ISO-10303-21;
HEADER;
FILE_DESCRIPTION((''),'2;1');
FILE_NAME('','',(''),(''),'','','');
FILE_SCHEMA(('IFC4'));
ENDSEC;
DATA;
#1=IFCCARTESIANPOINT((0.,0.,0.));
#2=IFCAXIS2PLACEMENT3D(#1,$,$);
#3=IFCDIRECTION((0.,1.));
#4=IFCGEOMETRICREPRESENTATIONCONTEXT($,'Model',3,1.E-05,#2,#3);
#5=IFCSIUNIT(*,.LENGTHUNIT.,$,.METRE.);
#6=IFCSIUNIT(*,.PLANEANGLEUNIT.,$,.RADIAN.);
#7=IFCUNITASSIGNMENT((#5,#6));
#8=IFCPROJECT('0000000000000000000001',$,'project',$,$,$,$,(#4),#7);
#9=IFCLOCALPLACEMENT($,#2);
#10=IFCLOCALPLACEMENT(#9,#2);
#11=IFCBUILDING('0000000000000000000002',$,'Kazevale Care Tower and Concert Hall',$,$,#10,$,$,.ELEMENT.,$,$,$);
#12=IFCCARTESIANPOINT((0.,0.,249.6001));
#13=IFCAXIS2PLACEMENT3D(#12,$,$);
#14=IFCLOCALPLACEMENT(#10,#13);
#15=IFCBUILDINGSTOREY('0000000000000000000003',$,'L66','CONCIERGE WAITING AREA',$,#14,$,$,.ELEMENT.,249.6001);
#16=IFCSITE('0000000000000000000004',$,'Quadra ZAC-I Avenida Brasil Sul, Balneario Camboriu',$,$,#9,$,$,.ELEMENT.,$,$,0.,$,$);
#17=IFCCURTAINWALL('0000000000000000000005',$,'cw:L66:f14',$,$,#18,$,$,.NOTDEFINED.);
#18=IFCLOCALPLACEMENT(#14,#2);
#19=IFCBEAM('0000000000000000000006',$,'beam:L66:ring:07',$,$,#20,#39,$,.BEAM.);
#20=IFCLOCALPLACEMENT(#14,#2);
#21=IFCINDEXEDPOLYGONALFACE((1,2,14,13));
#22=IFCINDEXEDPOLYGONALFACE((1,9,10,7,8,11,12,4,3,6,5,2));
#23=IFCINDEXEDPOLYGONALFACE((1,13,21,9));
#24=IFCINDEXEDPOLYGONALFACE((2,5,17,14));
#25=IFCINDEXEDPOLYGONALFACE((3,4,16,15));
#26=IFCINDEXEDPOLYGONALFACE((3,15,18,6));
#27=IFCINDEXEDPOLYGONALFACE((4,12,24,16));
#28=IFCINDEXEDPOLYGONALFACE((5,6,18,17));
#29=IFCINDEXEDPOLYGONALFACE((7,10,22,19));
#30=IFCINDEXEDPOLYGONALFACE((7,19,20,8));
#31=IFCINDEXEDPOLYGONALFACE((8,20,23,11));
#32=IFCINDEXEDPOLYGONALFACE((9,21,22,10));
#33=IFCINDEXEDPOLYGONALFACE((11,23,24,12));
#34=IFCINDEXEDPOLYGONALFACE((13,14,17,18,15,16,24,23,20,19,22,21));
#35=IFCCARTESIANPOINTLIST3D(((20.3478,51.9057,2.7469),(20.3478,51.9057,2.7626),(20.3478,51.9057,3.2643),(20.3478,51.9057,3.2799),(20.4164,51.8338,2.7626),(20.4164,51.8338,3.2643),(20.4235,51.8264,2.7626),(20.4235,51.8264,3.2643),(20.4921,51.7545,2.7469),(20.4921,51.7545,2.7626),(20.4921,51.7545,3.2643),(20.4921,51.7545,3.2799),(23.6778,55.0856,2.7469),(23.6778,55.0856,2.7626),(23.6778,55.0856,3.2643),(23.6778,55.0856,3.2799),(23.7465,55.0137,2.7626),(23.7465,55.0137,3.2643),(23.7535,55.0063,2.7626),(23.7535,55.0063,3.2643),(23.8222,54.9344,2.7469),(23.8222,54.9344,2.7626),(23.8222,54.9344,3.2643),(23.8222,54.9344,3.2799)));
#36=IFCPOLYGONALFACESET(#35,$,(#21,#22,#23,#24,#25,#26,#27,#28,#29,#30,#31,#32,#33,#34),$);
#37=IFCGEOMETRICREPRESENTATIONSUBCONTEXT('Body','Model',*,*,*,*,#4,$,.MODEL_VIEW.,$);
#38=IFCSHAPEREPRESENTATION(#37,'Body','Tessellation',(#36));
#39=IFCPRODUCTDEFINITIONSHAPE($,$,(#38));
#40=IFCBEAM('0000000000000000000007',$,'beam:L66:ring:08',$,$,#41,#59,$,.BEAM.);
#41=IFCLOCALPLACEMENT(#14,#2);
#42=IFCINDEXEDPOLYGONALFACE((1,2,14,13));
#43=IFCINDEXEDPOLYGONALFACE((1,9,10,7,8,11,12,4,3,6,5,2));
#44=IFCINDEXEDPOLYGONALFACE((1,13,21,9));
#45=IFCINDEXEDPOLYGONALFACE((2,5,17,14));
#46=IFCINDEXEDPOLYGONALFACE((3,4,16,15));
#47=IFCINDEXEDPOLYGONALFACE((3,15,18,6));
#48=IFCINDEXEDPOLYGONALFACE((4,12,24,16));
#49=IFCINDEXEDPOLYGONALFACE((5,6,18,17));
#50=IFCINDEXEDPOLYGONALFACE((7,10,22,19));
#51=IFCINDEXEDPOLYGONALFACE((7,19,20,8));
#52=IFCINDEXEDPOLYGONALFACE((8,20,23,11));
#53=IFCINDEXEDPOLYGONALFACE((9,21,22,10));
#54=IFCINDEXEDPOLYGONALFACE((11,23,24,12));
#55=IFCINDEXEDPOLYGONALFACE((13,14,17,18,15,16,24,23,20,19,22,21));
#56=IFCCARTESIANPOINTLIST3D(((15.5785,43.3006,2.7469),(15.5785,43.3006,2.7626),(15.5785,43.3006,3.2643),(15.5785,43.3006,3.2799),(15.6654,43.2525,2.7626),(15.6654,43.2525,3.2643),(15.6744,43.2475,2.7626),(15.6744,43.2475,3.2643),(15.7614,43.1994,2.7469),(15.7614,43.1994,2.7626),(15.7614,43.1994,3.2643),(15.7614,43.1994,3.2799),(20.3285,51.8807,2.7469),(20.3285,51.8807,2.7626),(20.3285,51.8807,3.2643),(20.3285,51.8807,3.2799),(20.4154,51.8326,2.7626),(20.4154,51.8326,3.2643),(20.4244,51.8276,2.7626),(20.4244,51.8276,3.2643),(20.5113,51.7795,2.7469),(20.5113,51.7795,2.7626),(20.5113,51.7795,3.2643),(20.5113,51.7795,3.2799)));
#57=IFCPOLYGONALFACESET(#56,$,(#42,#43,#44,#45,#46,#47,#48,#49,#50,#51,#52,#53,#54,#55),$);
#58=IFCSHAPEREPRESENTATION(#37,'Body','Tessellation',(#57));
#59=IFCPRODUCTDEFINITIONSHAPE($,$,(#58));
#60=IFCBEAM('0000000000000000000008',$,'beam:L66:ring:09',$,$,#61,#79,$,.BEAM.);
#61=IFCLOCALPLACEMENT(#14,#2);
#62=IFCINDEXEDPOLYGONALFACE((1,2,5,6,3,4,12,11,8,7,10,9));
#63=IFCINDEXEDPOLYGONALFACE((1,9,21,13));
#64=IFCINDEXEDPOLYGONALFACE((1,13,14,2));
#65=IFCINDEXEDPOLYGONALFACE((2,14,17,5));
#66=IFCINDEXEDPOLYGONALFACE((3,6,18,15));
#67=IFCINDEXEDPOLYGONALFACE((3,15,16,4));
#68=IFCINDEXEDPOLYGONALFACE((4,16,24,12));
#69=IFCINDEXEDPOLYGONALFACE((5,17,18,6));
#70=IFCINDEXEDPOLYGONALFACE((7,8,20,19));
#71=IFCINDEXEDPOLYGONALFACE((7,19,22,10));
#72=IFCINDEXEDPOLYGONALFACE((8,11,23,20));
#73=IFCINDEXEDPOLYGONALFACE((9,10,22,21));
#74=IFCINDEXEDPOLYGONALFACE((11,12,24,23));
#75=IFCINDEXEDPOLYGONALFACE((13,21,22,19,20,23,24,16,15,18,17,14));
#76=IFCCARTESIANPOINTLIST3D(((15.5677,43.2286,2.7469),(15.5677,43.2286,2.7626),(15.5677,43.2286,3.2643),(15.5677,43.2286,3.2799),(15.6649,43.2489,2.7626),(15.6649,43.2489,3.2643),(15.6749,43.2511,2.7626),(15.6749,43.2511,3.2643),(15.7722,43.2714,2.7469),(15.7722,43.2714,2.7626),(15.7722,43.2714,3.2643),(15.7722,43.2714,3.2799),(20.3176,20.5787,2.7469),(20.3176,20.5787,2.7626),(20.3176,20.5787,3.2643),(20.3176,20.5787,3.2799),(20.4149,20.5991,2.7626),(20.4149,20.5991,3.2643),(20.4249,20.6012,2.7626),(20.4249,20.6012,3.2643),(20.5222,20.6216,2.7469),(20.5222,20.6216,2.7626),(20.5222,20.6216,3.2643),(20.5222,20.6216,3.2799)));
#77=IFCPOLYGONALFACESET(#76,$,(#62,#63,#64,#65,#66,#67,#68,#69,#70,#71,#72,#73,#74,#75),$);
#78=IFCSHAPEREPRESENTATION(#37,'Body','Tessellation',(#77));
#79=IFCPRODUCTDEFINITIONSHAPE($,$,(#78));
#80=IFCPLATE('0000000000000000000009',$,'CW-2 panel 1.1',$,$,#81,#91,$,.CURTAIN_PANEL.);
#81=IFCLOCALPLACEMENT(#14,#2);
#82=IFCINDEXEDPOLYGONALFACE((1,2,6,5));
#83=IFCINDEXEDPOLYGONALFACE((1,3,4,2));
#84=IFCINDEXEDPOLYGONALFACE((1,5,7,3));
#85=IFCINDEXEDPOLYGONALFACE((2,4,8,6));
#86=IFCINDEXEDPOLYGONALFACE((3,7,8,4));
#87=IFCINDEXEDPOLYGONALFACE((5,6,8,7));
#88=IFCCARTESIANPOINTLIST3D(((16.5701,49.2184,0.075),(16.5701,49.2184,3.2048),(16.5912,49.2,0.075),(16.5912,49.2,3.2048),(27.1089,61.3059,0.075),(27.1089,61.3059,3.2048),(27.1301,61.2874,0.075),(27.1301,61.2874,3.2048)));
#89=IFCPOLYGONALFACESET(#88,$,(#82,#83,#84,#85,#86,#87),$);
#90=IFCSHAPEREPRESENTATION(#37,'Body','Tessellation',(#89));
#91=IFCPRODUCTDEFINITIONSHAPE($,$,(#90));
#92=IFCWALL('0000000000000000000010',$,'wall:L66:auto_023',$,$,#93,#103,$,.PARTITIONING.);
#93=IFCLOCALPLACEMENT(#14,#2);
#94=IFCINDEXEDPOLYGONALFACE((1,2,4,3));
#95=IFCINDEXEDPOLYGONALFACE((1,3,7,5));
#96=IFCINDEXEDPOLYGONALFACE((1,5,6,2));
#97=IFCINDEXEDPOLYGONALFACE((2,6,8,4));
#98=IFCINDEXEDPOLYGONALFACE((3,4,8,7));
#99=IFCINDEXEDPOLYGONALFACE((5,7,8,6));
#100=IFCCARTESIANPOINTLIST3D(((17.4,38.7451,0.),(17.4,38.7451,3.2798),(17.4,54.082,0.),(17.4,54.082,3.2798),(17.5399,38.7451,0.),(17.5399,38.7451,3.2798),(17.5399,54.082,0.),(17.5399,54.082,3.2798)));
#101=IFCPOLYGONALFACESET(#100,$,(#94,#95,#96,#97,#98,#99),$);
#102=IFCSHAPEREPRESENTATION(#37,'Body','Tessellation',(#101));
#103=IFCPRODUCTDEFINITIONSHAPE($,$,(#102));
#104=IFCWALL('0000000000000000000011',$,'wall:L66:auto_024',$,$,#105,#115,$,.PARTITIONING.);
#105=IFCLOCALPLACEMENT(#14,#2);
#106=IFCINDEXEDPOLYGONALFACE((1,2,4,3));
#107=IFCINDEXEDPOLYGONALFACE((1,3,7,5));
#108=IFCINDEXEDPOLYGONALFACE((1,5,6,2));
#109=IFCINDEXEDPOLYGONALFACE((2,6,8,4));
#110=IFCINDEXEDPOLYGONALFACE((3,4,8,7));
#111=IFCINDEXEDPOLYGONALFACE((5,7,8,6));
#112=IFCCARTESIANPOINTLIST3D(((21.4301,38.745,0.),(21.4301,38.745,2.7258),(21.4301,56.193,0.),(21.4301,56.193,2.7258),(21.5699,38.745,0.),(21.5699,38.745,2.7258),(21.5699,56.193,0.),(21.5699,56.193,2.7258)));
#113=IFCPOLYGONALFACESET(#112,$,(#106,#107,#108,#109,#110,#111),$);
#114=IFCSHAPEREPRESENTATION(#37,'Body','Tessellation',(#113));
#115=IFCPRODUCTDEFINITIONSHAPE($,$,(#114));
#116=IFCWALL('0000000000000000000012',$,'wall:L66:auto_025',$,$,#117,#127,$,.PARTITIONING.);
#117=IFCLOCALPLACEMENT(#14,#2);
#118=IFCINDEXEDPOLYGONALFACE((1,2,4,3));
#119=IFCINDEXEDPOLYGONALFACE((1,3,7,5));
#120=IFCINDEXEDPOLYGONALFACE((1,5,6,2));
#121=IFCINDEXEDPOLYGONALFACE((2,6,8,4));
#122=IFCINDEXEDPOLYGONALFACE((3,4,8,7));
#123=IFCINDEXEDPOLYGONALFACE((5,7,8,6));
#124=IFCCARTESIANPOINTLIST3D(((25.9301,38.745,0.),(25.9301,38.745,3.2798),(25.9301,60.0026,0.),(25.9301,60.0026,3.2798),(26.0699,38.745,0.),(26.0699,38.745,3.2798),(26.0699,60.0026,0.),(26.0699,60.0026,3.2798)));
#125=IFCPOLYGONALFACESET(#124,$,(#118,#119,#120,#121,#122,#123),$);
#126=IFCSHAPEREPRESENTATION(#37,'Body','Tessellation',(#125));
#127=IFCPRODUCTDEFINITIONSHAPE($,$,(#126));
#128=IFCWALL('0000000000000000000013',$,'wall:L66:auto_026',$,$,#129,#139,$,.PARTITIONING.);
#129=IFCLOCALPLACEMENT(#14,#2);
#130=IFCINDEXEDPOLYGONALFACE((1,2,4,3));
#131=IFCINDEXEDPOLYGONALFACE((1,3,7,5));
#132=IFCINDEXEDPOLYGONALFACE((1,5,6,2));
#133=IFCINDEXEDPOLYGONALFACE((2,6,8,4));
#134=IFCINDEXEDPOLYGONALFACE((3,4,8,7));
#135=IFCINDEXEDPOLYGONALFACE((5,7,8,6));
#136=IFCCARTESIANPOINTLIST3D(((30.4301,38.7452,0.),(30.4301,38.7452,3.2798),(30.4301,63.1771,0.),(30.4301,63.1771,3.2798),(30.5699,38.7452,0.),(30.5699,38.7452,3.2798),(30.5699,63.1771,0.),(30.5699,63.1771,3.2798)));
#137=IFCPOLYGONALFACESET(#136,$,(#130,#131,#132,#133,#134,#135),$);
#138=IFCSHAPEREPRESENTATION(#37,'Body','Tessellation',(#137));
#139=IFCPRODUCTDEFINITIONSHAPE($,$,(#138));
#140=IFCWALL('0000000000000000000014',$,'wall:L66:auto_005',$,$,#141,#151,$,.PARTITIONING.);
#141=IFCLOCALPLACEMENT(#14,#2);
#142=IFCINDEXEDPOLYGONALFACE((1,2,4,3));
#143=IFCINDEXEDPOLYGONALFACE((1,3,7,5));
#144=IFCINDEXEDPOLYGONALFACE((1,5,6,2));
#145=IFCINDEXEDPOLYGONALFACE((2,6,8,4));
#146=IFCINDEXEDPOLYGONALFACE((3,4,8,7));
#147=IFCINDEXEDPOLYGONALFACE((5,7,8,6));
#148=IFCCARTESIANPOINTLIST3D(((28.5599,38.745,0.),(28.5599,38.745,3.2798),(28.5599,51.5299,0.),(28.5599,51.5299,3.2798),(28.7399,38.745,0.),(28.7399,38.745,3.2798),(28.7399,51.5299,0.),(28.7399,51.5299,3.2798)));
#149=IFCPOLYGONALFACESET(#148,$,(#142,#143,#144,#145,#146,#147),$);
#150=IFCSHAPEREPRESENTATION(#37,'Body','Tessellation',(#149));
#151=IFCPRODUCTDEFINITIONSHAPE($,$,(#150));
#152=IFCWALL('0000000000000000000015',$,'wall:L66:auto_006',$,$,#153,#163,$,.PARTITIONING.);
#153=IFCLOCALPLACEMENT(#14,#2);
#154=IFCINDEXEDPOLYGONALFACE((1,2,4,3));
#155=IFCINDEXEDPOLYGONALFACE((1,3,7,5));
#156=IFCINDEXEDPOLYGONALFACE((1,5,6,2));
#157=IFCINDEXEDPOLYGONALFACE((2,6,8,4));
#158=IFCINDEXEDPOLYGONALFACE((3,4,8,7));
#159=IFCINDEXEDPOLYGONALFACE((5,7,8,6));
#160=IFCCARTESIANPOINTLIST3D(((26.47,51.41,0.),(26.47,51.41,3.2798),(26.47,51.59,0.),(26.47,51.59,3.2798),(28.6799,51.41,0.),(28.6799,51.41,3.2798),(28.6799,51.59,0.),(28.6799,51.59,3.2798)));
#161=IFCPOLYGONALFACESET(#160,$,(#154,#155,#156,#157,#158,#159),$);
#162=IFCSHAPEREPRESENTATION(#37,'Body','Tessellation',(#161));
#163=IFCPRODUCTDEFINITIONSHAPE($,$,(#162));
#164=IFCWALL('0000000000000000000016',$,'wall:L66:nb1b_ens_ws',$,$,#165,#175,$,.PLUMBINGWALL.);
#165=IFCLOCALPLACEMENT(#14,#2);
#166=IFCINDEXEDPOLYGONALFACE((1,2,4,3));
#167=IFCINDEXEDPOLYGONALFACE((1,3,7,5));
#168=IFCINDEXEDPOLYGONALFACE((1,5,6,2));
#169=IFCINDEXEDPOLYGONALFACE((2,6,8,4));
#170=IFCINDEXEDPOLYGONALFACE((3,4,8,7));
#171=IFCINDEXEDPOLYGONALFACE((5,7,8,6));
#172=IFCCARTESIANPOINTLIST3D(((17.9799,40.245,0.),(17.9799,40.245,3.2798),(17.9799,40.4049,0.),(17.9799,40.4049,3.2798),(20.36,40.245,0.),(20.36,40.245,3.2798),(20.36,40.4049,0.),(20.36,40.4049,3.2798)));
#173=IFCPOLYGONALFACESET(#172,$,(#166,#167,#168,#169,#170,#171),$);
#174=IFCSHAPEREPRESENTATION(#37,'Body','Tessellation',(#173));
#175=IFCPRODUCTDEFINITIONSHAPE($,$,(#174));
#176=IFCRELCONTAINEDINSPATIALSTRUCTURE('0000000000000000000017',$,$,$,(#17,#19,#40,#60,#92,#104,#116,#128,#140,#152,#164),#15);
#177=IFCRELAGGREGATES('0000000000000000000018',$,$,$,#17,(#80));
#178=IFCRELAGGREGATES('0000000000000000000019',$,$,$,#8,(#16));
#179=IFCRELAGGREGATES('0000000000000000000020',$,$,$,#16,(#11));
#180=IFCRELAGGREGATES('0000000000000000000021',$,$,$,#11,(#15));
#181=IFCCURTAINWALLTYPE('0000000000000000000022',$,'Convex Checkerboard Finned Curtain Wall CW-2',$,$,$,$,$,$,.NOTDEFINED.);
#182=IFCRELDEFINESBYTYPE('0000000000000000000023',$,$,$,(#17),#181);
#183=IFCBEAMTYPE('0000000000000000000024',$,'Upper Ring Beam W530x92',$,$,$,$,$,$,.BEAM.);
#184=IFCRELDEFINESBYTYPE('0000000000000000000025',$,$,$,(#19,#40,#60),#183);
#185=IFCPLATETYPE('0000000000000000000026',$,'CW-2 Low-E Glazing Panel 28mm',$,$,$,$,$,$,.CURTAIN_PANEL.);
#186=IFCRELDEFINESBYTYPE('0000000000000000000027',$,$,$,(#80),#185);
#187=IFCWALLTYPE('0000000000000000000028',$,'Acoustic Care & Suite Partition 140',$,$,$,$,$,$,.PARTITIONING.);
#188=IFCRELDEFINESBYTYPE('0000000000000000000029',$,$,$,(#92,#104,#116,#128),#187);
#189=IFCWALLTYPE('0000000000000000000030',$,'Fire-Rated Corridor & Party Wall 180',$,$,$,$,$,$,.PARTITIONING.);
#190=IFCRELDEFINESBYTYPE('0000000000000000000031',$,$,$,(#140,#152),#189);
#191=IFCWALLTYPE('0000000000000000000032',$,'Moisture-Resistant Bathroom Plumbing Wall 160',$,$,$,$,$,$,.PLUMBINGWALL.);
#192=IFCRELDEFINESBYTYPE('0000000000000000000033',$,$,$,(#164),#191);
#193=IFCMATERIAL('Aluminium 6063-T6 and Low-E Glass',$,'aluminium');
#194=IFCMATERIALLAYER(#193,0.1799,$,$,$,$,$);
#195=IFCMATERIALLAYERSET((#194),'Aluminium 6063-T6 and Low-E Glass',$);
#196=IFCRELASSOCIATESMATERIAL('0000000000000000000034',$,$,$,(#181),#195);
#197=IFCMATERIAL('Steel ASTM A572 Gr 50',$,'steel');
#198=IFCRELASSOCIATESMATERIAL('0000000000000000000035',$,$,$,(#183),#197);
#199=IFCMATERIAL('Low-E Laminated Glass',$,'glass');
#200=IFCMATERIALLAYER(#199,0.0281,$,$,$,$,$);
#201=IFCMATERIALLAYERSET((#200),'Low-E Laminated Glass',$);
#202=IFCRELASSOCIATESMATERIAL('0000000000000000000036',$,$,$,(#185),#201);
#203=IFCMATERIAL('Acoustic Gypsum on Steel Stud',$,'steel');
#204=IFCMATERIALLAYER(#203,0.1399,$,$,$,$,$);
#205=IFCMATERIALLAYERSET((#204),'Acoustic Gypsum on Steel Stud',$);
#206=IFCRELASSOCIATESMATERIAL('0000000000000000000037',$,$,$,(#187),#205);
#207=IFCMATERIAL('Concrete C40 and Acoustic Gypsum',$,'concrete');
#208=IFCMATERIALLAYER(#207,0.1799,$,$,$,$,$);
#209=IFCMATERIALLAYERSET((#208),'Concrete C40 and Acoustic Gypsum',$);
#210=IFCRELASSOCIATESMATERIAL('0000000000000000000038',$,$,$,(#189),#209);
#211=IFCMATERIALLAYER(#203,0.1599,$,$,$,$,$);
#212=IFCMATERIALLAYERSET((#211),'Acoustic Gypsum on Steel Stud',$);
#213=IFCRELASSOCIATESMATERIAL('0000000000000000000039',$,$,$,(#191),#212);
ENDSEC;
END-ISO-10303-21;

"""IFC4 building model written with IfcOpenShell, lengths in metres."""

from ifc_helpers import new_model, si_unit, direction, frame, frame_2d, origin, origin_2d, place, context, subcontext, project, spatial, rectangle, i_section, extrude, material, layer, layer_set, material_profile, profile_set, type_object, element, aggregate, save


model = new_model("IFC4")

# Units and contexts
model_context = context("Model", 3, precision=1e-05, world=origin(), true_north=direction((0.0, 1.0)))
body_context = subcontext(model_context, "Body", "Model", "MODEL_VIEW")
ifc_project = project(units=[si_unit("LENGTHUNIT", "METRE"), si_unit("PLANEANGLEUNIT", "RADIAN")], contexts=[model_context])

# Site, building, storey
site_placement = place(None, origin())
site = spatial("IfcSite", under=ifc_project, at=site_placement, Name="Quadra ZAC-I Avenida Brasil Sul, Balneario Camboriu", CompositionType="ELEMENT", RefElevation=0.0)
building_placement = place(site_placement, origin())
building = spatial("IfcBuilding", under=site, at=building_placement, Name="Kazevale Care Tower and Concert Hall", CompositionType="ELEMENT")
storey_placement = place(building_placement, frame((0.0, 0.0, 249.6001)))
storey = spatial("IfcBuildingStorey", under=building, at=storey_placement, Name="L66", Description="CONCIERGE WAITING AREA", CompositionType="ELEMENT", Elevation=249.6001)

# Curtain wall
ifc_material_1 = material(Name="Aluminium 6063-T6 and Low-E Glass", Category="aluminium")
ifc_layer_1 = layer(ifc_material_1, 0.1799)
ifc_layer_set_1 = layer_set([ifc_layer_1], Name="Aluminium 6063-T6 and Low-E Glass")
curtain_wall_type_1 = type_object("IfcCurtainWallType", Name="Convex Checkerboard Finned Curtain Wall CW-2", PredefinedType="NOTDEFINED", material=ifc_layer_set_1)
curtain_wall_1_placement = place(storey_placement, origin())
curtain_wall_1 = element("IfcCurtainWall", 1, at=curtain_wall_1_placement, inside=storey, type_object=curtain_wall_type_1, Name="cw:L66:f14", PredefinedType="NOTDEFINED")

# Beams
ifc_material_2 = material(Name="Steel ASTM A572 Gr 50", Category="steel")
ifc_material_profile_1 = material_profile(ifc_material_2, i_section(OverallWidth=0.209, OverallDepth=0.533, WebThickness=0.0103, FlangeThickness=0.0156, at=origin_2d()), Name="W530x92")
ifc_profile_set_1 = profile_set([ifc_material_profile_1], Name="Steel ASTM A572 Gr 50")
beam_type_1 = type_object("IfcBeamType", Name="Upper Ring Beam W530x92", PredefinedType="BEAM", material=ifc_profile_set_1)
beam_1_placement = place(storey_placement, frame((23.75, 55.01, 3.0134), z_axis=(-0.723223, -0.690614, 0.0), x_axis=(0.690614, -0.723223, 0.0)))
element("IfcBeam", 2, at=beam_1_placement, inside=storey, type_object=beam_type_1, Name="beam:L66:ring:07", PredefinedType="BEAM", context=body_context, shape_type="SweptSolid", body=[
    extrude(i_section(OverallWidth=0.209, OverallDepth=0.533, WebThickness=0.0103, FlangeThickness=0.0156, at=origin_2d()), origin(), (0.0, 0.0, 1.0), 4.6045),
])
beam_2_placement = place(storey_placement, frame((20.4199, 51.8301, 3.0134), z_axis=(-0.48434, -0.87488, 0.0), x_axis=(0.87488, -0.48434, 0.0)))
element("IfcBeam", 3, at=beam_2_placement, inside=storey, type_object=beam_type_1, Name="beam:L66:ring:08", PredefinedType="BEAM", context=body_context, shape_type="SweptSolid", body=[
    extrude(i_section(OverallWidth=0.209, OverallDepth=0.533, WebThickness=0.0103, FlangeThickness=0.0156, at=origin_2d()), origin(), (0.0, 0.0, 1.0), 9.8071),
])
beam_3_placement = place(storey_placement, frame((15.6699, 43.25, 3.0134), z_axis=(0.205249, -0.97871, 0.0), x_axis=(0.97871, 0.205249, 0.0)))
element("IfcBeam", 4, at=beam_3_placement, inside=storey, type_object=beam_type_1, Name="beam:L66:ring:09", PredefinedType="BEAM", context=body_context, shape_type="SweptSolid", body=[
    extrude(i_section(OverallWidth=0.209, OverallDepth=0.533, WebThickness=0.0103, FlangeThickness=0.0156, at=origin_2d()), origin(), (0.0, 0.0, 1.0), 23.1426),
])

# Plate
ifc_material_3 = material(Name="Low-E Laminated Glass", Category="glass")
ifc_layer_2 = layer(ifc_material_3, 0.0281)
ifc_layer_set_2 = layer_set([ifc_layer_2], Name="Low-E Laminated Glass")
plate_type = type_object("IfcPlateType", Name="CW-2 Low-E Glazing Panel 28mm", PredefinedType="CURTAIN_PANEL", material=ifc_layer_set_2)
plate_placement = place(storey_placement, frame((21.8501, 55.2529, 0.075), z_axis=(0.0, 0.0, 1.0), x_axis=(0.657175, 0.753738, 0.0)))
plate = element("IfcPlate", 5, at=plate_placement, type_object=plate_type, Name="CW-2 panel 1.1", PredefinedType="CURTAIN_PANEL", context=body_context, shape_type="SweptSolid", body=[
    extrude(rectangle(XDim=16.0366, YDim=0.0281, at=origin_2d()), origin(), (0.0, 0.0, 1.0), 3.1299),
])
aggregate(curtain_wall_1, [plate])

# Walls
ifc_material_4 = material(Name="Acoustic Gypsum on Steel Stud", Category="steel")
ifc_layer_3 = layer(ifc_material_4, 0.1399)
ifc_layer_set_3 = layer_set([ifc_layer_3], Name="Acoustic Gypsum on Steel Stud")
wall_type_1 = type_object("IfcWallType", Name="Acoustic Care & Suite Partition 140", PredefinedType="PARTITIONING", material=ifc_layer_set_3)
wall_1_placement = place(storey_placement, frame((17.47, 54.082, 0.0), z_axis=(0.0, 0.0, 1.0), x_axis=(0.0, -1.0, 0.0)))
element("IfcWall", 6, at=wall_1_placement, inside=storey, type_object=wall_type_1, Name="wall:L66:auto_023", PredefinedType="PARTITIONING", context=body_context, shape_type="SweptSolid", body=[
    extrude(rectangle(XDim=15.3369, YDim=0.1399, at=frame_2d((7.6685, 0.0))), origin(), (0.0, 0.0, 1.0), 3.2798),
])
wall_2_placement = place(storey_placement, frame((21.5, 56.1931, 0.0), z_axis=(0.0, 0.0, 1.0), x_axis=(0.0, -1.0, 0.0)))
element("IfcWall", 7, at=wall_2_placement, inside=storey, type_object=wall_type_1, Name="wall:L66:auto_024", PredefinedType="PARTITIONING", context=body_context, shape_type="SweptSolid", body=[
    extrude(rectangle(XDim=17.448, YDim=0.1399, at=frame_2d((8.7241, 0.0))), origin(), (0.0, 0.0, 1.0), 2.7258),
])
wall_3_placement = place(storey_placement, frame((26.0, 60.0027, 0.0), z_axis=(0.0, 0.0, 1.0), x_axis=(0.0, -1.0, 0.0)))
element("IfcWall", 8, at=wall_3_placement, inside=storey, type_object=wall_type_1, Name="wall:L66:auto_025", PredefinedType="PARTITIONING", context=body_context, shape_type="SweptSolid", body=[
    extrude(rectangle(XDim=21.2576, YDim=0.1399, at=frame_2d((10.6289, 0.0))), origin(), (0.0, 0.0, 1.0), 3.2798),
])
wall_4_placement = place(storey_placement, frame((30.5, 63.177, 0.0), z_axis=(0.0, 0.0, 1.0), x_axis=(0.0, -1.0, 0.0)))
element("IfcWall", 9, at=wall_4_placement, inside=storey, type_object=wall_type_1, Name="wall:L66:auto_026", PredefinedType="PARTITIONING", context=body_context, shape_type="SweptSolid", body=[
    extrude(rectangle(XDim=24.4319, YDim=0.1399, at=frame_2d((12.2158, 0.0))), origin(), (0.0, 0.0, 1.0), 3.2798),
])
ifc_material_5 = material(Name="Concrete C40 and Acoustic Gypsum", Category="concrete")
ifc_layer_4 = layer(ifc_material_5, 0.1799)
ifc_layer_set_4 = layer_set([ifc_layer_4], Name="Concrete C40 and Acoustic Gypsum")
wall_type_2 = type_object("IfcWallType", Name="Fire-Rated Corridor & Party Wall 180", PredefinedType="PARTITIONING", material=ifc_layer_set_4)
wall_5_placement = place(storey_placement, frame((28.6499, 51.53, 0.0), z_axis=(0.0, 0.0, 1.0), x_axis=(0.0, -1.0, 0.0)))
element("IfcWall", 10, at=wall_5_placement, inside=storey, type_object=wall_type_2, Name="wall:L66:auto_005", PredefinedType="PARTITIONING", context=body_context, shape_type="SweptSolid", body=[
    extrude(rectangle(XDim=12.7849, YDim=0.1799, at=frame_2d((6.3926, 0.0))), origin(), (0.0, 0.0, 1.0), 3.2798),
])
wall_6_placement = place(storey_placement, frame((26.47, 51.5, 0.0), z_axis=(0.0, 0.0, 1.0), x_axis=(1.0, 0.0, 0.0)))
element("IfcWall", 11, at=wall_6_placement, inside=storey, type_object=wall_type_2, Name="wall:L66:auto_006", PredefinedType="PARTITIONING", context=body_context, shape_type="SweptSolid", body=[
    extrude(rectangle(XDim=2.21, YDim=0.1799, at=frame_2d((1.105, 0.0))), origin(), (0.0, 0.0, 1.0), 3.2798),
])
ifc_layer_5 = layer(ifc_material_4, 0.1599)
ifc_layer_set_5 = layer_set([ifc_layer_5], Name="Acoustic Gypsum on Steel Stud")
wall_type_3 = type_object("IfcWallType", Name="Moisture-Resistant Bathroom Plumbing Wall 160", PredefinedType="PLUMBINGWALL", material=ifc_layer_set_5)
wall_7_placement = place(storey_placement, frame((17.98, 40.325, 0.0), z_axis=(0.0, 0.0, 1.0), x_axis=(1.0, 0.0, 0.0)))
element("IfcWall", 12, at=wall_7_placement, inside=storey, type_object=wall_type_3, Name="wall:L66:nb1b_ens_ws", PredefinedType="PLUMBINGWALL", context=body_context, shape_type="SweptSolid", body=[
    extrude(rectangle(XDim=2.3801, YDim=0.1599, at=frame_2d((1.1899, 0.0))), origin(), (0.0, 0.0, 1.0), 3.2798),
])

save(model, "model.ifc")
